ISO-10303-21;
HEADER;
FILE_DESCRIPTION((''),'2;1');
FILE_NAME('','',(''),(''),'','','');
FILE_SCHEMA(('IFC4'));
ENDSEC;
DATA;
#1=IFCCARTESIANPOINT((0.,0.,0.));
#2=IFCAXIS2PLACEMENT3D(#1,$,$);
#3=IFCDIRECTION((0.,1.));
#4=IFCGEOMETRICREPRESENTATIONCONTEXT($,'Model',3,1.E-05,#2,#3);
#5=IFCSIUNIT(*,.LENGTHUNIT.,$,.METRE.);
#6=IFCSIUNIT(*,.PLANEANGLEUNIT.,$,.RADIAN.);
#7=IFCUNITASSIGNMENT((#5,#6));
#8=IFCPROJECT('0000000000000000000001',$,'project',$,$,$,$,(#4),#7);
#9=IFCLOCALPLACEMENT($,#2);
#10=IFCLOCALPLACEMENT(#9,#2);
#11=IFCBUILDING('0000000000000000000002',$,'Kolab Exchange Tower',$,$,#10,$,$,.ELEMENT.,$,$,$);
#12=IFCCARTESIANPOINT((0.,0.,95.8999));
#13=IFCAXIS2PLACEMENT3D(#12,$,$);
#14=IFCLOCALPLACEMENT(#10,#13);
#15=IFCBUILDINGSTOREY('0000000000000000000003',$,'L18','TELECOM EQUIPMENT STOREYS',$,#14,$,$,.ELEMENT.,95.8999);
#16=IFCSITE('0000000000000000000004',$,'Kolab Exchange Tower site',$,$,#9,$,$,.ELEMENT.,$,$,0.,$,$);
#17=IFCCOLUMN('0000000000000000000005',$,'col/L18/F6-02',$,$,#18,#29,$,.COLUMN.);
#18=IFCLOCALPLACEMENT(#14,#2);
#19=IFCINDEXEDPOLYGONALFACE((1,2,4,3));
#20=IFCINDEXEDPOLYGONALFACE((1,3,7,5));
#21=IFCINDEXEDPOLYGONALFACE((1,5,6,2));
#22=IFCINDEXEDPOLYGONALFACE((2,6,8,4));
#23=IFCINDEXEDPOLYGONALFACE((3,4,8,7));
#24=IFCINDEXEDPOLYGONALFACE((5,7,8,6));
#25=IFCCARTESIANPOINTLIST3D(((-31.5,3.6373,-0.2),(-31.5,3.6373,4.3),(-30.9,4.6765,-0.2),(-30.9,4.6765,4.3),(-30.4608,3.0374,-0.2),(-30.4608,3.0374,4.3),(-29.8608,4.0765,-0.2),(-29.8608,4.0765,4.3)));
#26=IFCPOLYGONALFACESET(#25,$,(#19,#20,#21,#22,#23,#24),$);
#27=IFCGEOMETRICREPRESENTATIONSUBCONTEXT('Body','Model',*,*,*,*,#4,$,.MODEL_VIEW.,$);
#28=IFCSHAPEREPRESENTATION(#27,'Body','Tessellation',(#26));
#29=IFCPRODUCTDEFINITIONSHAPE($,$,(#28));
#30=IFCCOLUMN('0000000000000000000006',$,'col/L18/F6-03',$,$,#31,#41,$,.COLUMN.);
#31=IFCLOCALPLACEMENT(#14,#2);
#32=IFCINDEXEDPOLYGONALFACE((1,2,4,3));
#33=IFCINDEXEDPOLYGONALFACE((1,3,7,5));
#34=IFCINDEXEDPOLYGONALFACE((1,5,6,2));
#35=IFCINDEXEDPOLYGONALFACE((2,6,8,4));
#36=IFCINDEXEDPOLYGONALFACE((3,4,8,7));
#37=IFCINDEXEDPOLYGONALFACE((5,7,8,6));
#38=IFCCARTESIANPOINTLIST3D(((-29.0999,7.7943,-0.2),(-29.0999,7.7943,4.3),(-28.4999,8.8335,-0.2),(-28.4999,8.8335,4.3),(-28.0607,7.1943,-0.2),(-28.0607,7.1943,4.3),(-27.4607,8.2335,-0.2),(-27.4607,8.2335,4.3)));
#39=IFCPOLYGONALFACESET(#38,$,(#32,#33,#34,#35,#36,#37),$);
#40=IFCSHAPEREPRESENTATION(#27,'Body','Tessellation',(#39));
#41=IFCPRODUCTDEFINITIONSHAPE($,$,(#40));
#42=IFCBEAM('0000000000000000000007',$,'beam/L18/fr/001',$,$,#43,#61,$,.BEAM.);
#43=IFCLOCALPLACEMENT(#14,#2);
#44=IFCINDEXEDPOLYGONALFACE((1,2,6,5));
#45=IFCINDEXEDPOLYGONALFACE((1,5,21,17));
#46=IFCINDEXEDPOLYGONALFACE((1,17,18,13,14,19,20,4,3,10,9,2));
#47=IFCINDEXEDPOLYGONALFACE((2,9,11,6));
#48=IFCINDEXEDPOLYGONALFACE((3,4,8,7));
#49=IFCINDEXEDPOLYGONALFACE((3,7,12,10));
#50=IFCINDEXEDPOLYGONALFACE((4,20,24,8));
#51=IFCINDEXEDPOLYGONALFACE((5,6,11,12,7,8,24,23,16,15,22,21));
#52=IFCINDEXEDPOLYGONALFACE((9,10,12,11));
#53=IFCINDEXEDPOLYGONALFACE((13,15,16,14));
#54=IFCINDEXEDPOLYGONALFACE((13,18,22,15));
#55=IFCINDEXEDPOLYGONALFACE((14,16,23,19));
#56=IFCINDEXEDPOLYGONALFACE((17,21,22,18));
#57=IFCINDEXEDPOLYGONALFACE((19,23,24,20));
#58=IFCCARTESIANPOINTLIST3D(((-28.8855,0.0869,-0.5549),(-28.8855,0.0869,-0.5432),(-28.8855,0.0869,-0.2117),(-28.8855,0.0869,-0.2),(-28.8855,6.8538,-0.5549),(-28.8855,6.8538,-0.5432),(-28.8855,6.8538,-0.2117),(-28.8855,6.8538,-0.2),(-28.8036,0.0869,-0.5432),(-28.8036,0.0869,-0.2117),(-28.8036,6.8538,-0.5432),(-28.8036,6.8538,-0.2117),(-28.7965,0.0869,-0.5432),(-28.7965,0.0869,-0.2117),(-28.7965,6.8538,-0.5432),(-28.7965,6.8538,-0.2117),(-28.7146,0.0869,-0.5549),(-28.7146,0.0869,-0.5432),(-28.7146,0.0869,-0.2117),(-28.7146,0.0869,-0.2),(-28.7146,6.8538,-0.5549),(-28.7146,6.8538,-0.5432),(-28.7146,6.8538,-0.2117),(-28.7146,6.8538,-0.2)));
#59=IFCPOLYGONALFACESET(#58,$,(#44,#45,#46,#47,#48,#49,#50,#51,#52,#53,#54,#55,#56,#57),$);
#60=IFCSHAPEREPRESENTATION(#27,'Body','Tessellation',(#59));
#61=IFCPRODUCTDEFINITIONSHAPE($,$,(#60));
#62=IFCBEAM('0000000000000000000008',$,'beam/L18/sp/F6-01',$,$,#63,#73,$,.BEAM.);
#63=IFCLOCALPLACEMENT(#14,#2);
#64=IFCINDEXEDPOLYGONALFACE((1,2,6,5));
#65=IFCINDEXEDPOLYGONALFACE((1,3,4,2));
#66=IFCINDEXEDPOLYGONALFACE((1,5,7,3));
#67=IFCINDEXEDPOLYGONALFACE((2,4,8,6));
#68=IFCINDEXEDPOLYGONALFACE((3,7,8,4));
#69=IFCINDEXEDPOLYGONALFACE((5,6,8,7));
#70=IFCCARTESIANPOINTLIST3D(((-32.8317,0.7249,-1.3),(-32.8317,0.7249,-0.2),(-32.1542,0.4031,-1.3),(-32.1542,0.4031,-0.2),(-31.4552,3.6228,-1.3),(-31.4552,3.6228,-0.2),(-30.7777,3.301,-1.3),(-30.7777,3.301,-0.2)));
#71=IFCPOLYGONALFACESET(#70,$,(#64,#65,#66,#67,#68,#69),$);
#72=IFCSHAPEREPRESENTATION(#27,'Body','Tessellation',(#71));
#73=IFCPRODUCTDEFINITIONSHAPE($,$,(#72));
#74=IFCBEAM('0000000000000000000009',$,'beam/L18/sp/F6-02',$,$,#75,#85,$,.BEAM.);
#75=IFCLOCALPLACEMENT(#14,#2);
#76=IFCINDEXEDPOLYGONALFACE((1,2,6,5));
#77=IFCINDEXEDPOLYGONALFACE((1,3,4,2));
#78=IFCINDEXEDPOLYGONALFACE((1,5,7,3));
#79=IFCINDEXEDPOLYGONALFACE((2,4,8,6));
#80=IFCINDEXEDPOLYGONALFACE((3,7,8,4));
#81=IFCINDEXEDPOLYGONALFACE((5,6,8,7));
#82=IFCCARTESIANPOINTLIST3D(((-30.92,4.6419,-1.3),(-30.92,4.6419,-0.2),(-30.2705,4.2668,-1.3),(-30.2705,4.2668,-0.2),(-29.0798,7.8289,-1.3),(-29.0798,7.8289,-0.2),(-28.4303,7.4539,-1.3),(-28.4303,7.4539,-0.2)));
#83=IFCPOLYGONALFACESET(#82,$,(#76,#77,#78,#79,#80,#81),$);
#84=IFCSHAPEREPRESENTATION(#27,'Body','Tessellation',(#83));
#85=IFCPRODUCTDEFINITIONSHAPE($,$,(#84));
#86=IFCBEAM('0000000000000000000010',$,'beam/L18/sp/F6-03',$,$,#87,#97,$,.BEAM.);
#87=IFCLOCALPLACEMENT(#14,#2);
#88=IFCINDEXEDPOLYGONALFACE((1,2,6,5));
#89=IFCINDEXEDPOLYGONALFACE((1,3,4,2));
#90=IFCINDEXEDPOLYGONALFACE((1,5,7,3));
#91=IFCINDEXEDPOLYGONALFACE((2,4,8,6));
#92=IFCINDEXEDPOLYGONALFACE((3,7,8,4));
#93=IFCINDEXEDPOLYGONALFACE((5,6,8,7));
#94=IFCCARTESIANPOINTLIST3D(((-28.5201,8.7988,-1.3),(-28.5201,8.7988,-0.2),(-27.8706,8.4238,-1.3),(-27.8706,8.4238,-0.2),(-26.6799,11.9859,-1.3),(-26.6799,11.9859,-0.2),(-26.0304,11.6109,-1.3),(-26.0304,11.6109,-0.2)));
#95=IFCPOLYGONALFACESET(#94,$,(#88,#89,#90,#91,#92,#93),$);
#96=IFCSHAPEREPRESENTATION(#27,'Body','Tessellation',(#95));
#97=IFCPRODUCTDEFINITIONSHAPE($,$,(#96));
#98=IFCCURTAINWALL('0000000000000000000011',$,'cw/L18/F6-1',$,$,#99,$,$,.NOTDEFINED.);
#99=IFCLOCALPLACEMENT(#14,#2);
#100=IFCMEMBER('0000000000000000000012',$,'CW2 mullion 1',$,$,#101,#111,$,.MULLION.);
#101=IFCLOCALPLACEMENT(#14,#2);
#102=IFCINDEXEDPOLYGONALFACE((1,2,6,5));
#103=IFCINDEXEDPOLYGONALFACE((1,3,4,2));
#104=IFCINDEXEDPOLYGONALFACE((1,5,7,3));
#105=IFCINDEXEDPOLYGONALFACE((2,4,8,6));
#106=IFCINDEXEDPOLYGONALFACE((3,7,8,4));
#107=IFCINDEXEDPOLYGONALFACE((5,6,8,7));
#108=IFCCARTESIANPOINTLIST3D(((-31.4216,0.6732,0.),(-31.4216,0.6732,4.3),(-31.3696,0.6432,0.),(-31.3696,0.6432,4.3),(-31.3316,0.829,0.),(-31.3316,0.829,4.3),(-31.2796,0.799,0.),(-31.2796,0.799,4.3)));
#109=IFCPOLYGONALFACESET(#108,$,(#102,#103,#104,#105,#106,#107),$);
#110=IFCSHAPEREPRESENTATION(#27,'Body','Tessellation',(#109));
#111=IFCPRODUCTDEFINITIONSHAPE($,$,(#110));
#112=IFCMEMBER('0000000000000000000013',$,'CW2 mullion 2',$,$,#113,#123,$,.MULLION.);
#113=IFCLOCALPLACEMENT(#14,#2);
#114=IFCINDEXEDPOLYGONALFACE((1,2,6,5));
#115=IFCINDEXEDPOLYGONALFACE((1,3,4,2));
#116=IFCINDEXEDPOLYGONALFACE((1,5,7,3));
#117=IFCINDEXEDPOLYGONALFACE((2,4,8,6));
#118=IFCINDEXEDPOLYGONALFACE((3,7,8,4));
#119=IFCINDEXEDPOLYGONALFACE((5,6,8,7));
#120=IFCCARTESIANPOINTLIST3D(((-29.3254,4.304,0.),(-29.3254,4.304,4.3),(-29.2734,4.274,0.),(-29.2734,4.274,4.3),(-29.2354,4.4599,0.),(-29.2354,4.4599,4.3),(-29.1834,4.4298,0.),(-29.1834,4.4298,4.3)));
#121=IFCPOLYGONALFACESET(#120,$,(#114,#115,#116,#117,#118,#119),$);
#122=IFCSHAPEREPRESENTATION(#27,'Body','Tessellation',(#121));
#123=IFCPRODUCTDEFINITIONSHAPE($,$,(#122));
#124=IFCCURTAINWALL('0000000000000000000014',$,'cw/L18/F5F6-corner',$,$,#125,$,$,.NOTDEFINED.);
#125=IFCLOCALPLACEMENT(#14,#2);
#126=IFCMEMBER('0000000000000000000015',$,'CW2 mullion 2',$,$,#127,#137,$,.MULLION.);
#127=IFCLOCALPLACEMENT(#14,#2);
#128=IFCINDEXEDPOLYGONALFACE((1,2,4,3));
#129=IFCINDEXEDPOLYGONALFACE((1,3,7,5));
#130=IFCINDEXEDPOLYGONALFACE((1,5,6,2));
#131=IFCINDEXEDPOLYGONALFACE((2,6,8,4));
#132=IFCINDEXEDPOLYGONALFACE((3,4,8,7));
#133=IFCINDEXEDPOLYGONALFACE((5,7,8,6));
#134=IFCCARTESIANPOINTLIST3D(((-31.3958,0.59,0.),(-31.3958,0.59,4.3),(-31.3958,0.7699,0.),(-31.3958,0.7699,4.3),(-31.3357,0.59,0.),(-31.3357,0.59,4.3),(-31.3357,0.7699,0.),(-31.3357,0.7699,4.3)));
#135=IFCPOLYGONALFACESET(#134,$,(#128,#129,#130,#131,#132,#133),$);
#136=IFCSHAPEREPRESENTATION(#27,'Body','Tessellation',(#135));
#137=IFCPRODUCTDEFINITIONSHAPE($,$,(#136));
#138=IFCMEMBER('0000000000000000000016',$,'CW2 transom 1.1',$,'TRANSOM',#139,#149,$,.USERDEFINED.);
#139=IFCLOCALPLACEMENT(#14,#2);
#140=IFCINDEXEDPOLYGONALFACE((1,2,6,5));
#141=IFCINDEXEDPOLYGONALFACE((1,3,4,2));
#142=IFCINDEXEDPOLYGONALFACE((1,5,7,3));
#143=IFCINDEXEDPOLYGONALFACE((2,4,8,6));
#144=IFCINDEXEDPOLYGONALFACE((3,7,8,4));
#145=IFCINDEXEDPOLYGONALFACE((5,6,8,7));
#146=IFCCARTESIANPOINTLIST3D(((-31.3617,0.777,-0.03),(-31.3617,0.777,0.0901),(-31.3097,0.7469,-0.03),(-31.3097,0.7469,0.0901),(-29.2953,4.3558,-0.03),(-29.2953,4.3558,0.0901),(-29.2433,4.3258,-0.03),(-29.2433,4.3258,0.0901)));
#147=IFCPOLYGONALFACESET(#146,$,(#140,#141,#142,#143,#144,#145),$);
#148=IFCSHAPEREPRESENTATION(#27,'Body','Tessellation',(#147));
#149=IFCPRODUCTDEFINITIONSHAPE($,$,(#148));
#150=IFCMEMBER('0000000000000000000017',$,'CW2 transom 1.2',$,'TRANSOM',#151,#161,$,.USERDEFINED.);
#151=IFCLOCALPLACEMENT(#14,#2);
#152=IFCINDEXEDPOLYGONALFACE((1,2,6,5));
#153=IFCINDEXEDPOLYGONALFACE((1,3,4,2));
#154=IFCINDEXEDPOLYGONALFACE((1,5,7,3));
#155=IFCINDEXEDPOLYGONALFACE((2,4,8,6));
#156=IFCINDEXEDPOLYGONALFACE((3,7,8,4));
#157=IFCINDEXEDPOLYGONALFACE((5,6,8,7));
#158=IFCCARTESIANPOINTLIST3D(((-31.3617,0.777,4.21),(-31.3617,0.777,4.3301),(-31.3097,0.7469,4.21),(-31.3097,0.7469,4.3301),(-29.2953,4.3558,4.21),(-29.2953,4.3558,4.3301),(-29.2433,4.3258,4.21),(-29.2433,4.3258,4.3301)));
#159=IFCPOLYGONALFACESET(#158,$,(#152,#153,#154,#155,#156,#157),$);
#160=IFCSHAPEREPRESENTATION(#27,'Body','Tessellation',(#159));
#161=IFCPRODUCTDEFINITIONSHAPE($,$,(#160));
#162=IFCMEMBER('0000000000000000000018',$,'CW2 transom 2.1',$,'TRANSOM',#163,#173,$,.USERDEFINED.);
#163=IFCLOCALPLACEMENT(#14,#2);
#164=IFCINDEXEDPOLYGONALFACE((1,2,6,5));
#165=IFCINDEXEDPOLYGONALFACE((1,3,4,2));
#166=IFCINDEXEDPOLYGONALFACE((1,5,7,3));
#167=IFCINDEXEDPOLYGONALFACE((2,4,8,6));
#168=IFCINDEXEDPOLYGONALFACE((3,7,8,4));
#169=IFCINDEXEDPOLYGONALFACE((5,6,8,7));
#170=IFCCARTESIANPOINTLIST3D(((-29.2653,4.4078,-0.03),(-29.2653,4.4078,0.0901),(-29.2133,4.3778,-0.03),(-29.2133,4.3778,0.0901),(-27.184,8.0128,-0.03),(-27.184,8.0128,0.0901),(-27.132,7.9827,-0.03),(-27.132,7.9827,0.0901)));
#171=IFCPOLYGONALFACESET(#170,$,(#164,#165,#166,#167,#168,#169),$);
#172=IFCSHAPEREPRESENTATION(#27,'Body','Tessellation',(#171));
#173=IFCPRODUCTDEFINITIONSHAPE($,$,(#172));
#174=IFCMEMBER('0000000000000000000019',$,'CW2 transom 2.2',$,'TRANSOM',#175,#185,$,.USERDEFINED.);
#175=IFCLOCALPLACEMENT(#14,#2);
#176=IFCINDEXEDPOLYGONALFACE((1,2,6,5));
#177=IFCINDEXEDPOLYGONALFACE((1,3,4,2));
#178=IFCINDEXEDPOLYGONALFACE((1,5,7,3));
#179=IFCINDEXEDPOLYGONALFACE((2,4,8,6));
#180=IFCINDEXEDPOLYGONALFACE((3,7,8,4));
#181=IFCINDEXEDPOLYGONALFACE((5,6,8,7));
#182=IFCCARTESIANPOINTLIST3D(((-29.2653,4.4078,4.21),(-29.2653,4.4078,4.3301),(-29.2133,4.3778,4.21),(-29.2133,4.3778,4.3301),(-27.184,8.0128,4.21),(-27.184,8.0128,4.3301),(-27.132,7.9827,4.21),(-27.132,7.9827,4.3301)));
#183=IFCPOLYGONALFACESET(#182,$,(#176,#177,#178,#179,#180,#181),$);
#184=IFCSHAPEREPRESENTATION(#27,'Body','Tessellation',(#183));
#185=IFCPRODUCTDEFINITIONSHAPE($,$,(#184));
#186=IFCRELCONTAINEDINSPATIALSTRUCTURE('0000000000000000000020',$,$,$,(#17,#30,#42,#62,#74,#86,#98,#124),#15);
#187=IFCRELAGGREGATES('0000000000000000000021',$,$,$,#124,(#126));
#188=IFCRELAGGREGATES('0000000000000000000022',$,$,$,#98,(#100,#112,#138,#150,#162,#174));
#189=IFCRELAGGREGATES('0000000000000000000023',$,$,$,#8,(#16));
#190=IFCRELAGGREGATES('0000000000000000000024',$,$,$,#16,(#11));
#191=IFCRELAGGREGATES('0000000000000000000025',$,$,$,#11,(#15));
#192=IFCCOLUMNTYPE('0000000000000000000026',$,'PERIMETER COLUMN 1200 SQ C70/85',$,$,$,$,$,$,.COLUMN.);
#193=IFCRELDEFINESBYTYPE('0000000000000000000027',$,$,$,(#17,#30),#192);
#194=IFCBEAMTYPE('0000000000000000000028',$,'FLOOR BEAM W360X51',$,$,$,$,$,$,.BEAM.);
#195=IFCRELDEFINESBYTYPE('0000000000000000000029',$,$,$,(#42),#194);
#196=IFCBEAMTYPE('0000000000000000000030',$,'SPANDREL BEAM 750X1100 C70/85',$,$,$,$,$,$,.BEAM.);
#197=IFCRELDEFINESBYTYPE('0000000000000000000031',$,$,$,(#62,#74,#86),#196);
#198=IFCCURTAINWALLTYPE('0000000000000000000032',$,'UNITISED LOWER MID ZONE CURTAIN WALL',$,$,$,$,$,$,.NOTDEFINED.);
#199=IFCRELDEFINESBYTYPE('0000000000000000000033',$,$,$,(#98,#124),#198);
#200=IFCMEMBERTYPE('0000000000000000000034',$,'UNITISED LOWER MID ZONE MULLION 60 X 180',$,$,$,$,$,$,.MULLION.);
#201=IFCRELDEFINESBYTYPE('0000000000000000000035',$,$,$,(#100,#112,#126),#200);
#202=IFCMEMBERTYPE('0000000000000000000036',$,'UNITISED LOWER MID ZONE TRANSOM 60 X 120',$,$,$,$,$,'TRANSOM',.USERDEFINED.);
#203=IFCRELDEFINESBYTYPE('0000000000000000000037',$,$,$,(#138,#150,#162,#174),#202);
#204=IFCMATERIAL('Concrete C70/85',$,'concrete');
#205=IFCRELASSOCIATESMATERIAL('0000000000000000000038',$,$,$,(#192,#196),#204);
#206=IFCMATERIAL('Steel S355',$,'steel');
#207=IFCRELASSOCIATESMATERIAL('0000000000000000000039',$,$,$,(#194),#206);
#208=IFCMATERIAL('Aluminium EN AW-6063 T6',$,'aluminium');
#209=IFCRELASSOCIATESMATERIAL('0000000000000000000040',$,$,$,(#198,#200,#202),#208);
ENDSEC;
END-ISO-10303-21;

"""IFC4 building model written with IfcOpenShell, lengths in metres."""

from ifc_helpers import new_model, si_unit, direction, frame, origin, origin_2d, place, context, subcontext, project, spatial, rectangle, i_section, extrude, material, material_profile, profile_set, type_object, element, aggregate, save


model = new_model("IFC4")

# Units and contexts
model_context = context("Model", 3, precision=1e-05, world=origin(), true_north=direction((0.0, 1.0)))
body_context = subcontext(model_context, "Body", "Model", "MODEL_VIEW")
ifc_project = project(units=[si_unit("LENGTHUNIT", "METRE"), si_unit("PLANEANGLEUNIT", "RADIAN")], contexts=[model_context])

# Site, building, storey
site_placement = place(None, origin())
site = spatial("IfcSite", under=ifc_project, at=site_placement, Name="Kolab Exchange Tower site", CompositionType="ELEMENT", RefElevation=0.0)
building_placement = place(site_placement, origin())
building = spatial("IfcBuilding", under=site, at=building_placement, Name="Kolab Exchange Tower", CompositionType="ELEMENT")
storey_placement = place(building_placement, frame((0.0, 0.0, 95.8999)))
storey = spatial("IfcBuildingStorey", under=building, at=storey_placement, Name="L18", Description="TELECOM EQUIPMENT STOREYS", CompositionType="ELEMENT", Elevation=95.8999)

# Columns
ifc_material_1 = material(Name="Concrete C70/85", Category="concrete")
ifc_material_profile_1 = material_profile(ifc_material_1, rectangle(XDim=1.2, YDim=1.2, at=origin_2d()), Name="RC1200")
ifc_profile_set_1 = profile_set([ifc_material_profile_1], Name="Concrete C70/85")
column_type = type_object("IfcColumnType", Name="PERIMETER COLUMN 1200 SQ C70/85", PredefinedType="COLUMN", material=ifc_profile_set_1)
for number, where, z_axis, x_axis, name in (
    (1, (-30.6804, 3.8569, -0.2), (0.0, 0.0, 1.0), (0.5, 0.866025, 0.0), "col/L18/F6-02"),
    (2, (-28.2803, 8.0139, -0.2), (0.0, 0.0, 1.0), (0.5, 0.866025, 0.0), "col/L18/F6-03"),
):
    element("IfcColumn", number, at=place(storey_placement, frame(where, z_axis=z_axis, x_axis=x_axis)), inside=storey, type_object=column_type, Name=name, PredefinedType="COLUMN", context=body_context, shape_type="SweptSolid", body=[
        extrude(rectangle(XDim=1.2, YDim=1.2, at=origin_2d()), origin(), (0.0, 0.0, 1.0), 4.5),
    ])

# Beams
ifc_material_2 = material(Name="Steel S355", Category="steel")
ifc_material_profile_2 = material_profile(ifc_material_2, i_section(OverallWidth=0.1709, OverallDepth=0.355, WebThickness=0.0071, FlangeThickness=0.0117, at=origin_2d()), Name="W360X51")
ifc_profile_set_2 = profile_set([ifc_material_profile_2], Name="Steel S355")
beam_type_1 = type_object("IfcBeamType", Name="FLOOR BEAM W360X51", PredefinedType="BEAM", material=ifc_profile_set_2)
beam_1_placement = place(storey_placement, frame((-28.8, 0.0869, -0.3774), z_axis=(0.0, 1.0, 0.0), x_axis=(-1.0, 0.0, 0.0)))
element("IfcBeam", 3, at=beam_1_placement, inside=storey, type_object=beam_type_1, Name="beam/L18/fr/001", PredefinedType="BEAM", context=body_context, shape_type="SweptSolid", body=[
    extrude(i_section(OverallWidth=0.1709, OverallDepth=0.355, WebThickness=0.0071, FlangeThickness=0.0117, at=origin_2d()), origin(), (0.0, 0.0, 1.0), 6.7668),
])
ifc_material_profile_3 = material_profile(ifc_material_1, rectangle(XDim=0.75, YDim=1.1001, at=origin_2d()), Name="RC750X1100")
ifc_profile_set_3 = profile_set([ifc_material_profile_3], Name="Concrete C70/85")
beam_type_2 = type_object("IfcBeamType", Name="SPANDREL BEAM 750X1100 C70/85", PredefinedType="BEAM", material=ifc_profile_set_3)
beam_2_placement = place(storey_placement, frame((-32.4929, 0.564, -0.75), z_axis=(0.429041, 0.903285, 0.0), x_axis=(-0.903285, 0.429041, 0.0)))
element("IfcBeam", 4, at=beam_2_placement, inside=storey, type_object=beam_type_2, Name="beam/L18/sp/F6-01", PredefinedType="BEAM", context=body_context, shape_type="SweptSolid", body=[
    extrude(rectangle(XDim=0.75, YDim=1.1001, at=origin_2d()), origin(), (0.0, 0.0, 1.0), 3.2083),
])
for number, where, z_axis, x_axis, name in (
    (5, (-30.5952, 4.4543, -0.75), (0.500013, 0.866018, 0.0), (-0.866018, 0.500013, 0.0), "beam/L18/sp/F6-02"),
    (6, (-28.1953, 8.6113, -0.75), (0.500013, 0.866018, 0.0), (-0.866018, 0.500013, 0.0), "beam/L18/sp/F6-03"),
):
    element("IfcBeam", number, at=place(storey_placement, frame(where, z_axis=z_axis, x_axis=x_axis)), inside=storey, type_object=beam_type_2, Name=name, PredefinedType="BEAM", context=body_context, shape_type="SweptSolid", body=[
        extrude(rectangle(XDim=0.75, YDim=1.1001, at=origin_2d()), origin(), (0.0, 0.0, 1.0), 3.6802),
    ])

# Curtain wall, members
ifc_material_3 = material(Name="Aluminium EN AW-6063 T6", Category="aluminium")
curtain_wall_type = type_object("IfcCurtainWallType", Name="UNITISED LOWER MID ZONE CURTAIN WALL", PredefinedType="NOTDEFINED", material=ifc_material_3)
curtain_wall_1_placement = place(storey_placement, origin())
curtain_wall_1 = element("IfcCurtainWall", 7, at=curtain_wall_1_placement, inside=storey, type_object=curtain_wall_type, Name="cw/L18/F6-1", PredefinedType="NOTDEFINED")
ifc_material_profile_4 = material_profile(ifc_material_3, rectangle(XDim=0.0601, YDim=0.1799, at=origin_2d()), Name="RECT 60X180")
ifc_profile_set_4 = profile_set([ifc_material_profile_4], Name="Aluminium EN AW-6063 T6")
member_type_1 = type_object("IfcMemberType", Name="UNITISED LOWER MID ZONE MULLION 60 X 180", PredefinedType="MULLION", material=ifc_profile_set_4)
member_1_placement = place(storey_placement, frame((-31.3506, 0.7361, 0.0), z_axis=(0.0, 0.0, 1.0), x_axis=(-0.866025, 0.5, 0.0)))
member_1 = element("IfcMember", 8, at=member_1_placement, type_object=member_type_1, Name="CW2 mullion 1", PredefinedType="MULLION", context=body_context, shape_type="SweptSolid", body=[
    extrude(rectangle(XDim=0.0601, YDim=0.1799, at=origin_2d()), origin(), (0.0, 0.0, 1.0), 4.3),
])
member_2_placement = place(storey_placement, frame((-29.2544, 4.3669, 0.0), z_axis=(0.0, 0.0, 1.0), x_axis=(-0.866025, 0.5, 0.0)))
member_2 = element("IfcMember", 9, at=member_2_placement, type_object=member_type_1, Name="CW2 mullion 2", PredefinedType="MULLION", context=body_context, shape_type="SweptSolid", body=[
    extrude(rectangle(XDim=0.0601, YDim=0.1799, at=origin_2d()), origin(), (0.0, 0.0, 1.0), 4.3),
])

# Curtain wall, member
curtain_wall_2_placement = place(storey_placement, origin())
curtain_wall_2 = element("IfcCurtainWall", 10, at=curtain_wall_2_placement, inside=storey, type_object=curtain_wall_type, Name="cw/L18/F5F6-corner", PredefinedType="NOTDEFINED")
member_3_placement = place(storey_placement, frame((-31.3657, 0.6799, 0.0), z_axis=(0.0, 0.0, 1.0), x_axis=(-1.0, 0.0, 0.0)))
member_3 = element("IfcMember", 11, at=member_3_placement, type_object=member_type_1, Name="CW2 mullion 2", PredefinedType="MULLION", context=body_context, shape_type="SweptSolid", body=[
    extrude(rectangle(XDim=0.0601, YDim=0.1799, at=origin_2d()), origin(), (0.0, 0.0, 1.0), 4.3),
])
aggregate(curtain_wall_2, [member_3])

# Members
ifc_material_profile_5 = material_profile(ifc_material_3, rectangle(XDim=0.0601, YDim=0.1201, at=origin_2d()), Name="RECT 60X120")
ifc_profile_set_5 = profile_set([ifc_material_profile_5], Name="Aluminium EN AW-6063 T6")
member_type_2 = type_object("IfcMemberType", Name="UNITISED LOWER MID ZONE TRANSOM 60 X 120", ElementType="TRANSOM", PredefinedType="USERDEFINED", material=ifc_profile_set_5)
member_4_placement = place(storey_placement, frame((-31.3357, 0.762, 0.03), z_axis=(0.500028, 0.866009, 0.0), x_axis=(-0.866009, 0.500028, 0.0)))
member_4 = element("IfcMember", 12, at=member_4_placement, type_object=member_type_2, Name="CW2 transom 1.1", ObjectType="TRANSOM", PredefinedType="USERDEFINED", context=body_context, shape_type="SweptSolid", body=[
    extrude(rectangle(XDim=0.0601, YDim=0.1201, at=origin_2d()), origin(), (0.0, 0.0, 1.0), 4.1326),
])
member_5_placement = place(storey_placement, frame((-31.3357, 0.762, 4.27), z_axis=(0.500028, 0.866009, 0.0), x_axis=(-0.866009, 0.500028, 0.0)))
member_5 = element("IfcMember", 13, at=member_5_placement, type_object=member_type_2, Name="CW2 transom 1.2", ObjectType="TRANSOM", PredefinedType="USERDEFINED", context=body_context, shape_type="SweptSolid", body=[
    extrude(rectangle(XDim=0.0601, YDim=0.1201, at=origin_2d()), origin(), (0.0, 0.0, 1.0), 4.1326),
])
member_6_placement = place(storey_placement, frame((-29.2393, 4.3928, 0.03), z_axis=(0.499993, 0.866029, 0.0), x_axis=(-0.866029, 0.499993, 0.0)))
member_6 = element("IfcMember", 14, at=member_6_placement, type_object=member_type_2, Name="CW2 transom 2.1", ObjectType="TRANSOM", PredefinedType="USERDEFINED", context=body_context, shape_type="SweptSolid", body=[
    extrude(rectangle(XDim=0.0601, YDim=0.1201, at=origin_2d()), origin(), (0.0, 0.0, 1.0), 4.1626),
])
member_7_placement = place(storey_placement, frame((-29.2393, 4.3928, 4.27), z_axis=(0.499993, 0.866029, 0.0), x_axis=(-0.866029, 0.499993, 0.0)))
member_7 = element("IfcMember", 15, at=member_7_placement, type_object=member_type_2, Name="CW2 transom 2.2", ObjectType="TRANSOM", PredefinedType="USERDEFINED", context=body_context, shape_type="SweptSolid", body=[
    extrude(rectangle(XDim=0.0601, YDim=0.1201, at=origin_2d()), origin(), (0.0, 0.0, 1.0), 4.1626),
])

aggregate(curtain_wall_1, [member_1, member_2, member_4, member_5, member_6, member_7])

save(model, "model.ifc")
